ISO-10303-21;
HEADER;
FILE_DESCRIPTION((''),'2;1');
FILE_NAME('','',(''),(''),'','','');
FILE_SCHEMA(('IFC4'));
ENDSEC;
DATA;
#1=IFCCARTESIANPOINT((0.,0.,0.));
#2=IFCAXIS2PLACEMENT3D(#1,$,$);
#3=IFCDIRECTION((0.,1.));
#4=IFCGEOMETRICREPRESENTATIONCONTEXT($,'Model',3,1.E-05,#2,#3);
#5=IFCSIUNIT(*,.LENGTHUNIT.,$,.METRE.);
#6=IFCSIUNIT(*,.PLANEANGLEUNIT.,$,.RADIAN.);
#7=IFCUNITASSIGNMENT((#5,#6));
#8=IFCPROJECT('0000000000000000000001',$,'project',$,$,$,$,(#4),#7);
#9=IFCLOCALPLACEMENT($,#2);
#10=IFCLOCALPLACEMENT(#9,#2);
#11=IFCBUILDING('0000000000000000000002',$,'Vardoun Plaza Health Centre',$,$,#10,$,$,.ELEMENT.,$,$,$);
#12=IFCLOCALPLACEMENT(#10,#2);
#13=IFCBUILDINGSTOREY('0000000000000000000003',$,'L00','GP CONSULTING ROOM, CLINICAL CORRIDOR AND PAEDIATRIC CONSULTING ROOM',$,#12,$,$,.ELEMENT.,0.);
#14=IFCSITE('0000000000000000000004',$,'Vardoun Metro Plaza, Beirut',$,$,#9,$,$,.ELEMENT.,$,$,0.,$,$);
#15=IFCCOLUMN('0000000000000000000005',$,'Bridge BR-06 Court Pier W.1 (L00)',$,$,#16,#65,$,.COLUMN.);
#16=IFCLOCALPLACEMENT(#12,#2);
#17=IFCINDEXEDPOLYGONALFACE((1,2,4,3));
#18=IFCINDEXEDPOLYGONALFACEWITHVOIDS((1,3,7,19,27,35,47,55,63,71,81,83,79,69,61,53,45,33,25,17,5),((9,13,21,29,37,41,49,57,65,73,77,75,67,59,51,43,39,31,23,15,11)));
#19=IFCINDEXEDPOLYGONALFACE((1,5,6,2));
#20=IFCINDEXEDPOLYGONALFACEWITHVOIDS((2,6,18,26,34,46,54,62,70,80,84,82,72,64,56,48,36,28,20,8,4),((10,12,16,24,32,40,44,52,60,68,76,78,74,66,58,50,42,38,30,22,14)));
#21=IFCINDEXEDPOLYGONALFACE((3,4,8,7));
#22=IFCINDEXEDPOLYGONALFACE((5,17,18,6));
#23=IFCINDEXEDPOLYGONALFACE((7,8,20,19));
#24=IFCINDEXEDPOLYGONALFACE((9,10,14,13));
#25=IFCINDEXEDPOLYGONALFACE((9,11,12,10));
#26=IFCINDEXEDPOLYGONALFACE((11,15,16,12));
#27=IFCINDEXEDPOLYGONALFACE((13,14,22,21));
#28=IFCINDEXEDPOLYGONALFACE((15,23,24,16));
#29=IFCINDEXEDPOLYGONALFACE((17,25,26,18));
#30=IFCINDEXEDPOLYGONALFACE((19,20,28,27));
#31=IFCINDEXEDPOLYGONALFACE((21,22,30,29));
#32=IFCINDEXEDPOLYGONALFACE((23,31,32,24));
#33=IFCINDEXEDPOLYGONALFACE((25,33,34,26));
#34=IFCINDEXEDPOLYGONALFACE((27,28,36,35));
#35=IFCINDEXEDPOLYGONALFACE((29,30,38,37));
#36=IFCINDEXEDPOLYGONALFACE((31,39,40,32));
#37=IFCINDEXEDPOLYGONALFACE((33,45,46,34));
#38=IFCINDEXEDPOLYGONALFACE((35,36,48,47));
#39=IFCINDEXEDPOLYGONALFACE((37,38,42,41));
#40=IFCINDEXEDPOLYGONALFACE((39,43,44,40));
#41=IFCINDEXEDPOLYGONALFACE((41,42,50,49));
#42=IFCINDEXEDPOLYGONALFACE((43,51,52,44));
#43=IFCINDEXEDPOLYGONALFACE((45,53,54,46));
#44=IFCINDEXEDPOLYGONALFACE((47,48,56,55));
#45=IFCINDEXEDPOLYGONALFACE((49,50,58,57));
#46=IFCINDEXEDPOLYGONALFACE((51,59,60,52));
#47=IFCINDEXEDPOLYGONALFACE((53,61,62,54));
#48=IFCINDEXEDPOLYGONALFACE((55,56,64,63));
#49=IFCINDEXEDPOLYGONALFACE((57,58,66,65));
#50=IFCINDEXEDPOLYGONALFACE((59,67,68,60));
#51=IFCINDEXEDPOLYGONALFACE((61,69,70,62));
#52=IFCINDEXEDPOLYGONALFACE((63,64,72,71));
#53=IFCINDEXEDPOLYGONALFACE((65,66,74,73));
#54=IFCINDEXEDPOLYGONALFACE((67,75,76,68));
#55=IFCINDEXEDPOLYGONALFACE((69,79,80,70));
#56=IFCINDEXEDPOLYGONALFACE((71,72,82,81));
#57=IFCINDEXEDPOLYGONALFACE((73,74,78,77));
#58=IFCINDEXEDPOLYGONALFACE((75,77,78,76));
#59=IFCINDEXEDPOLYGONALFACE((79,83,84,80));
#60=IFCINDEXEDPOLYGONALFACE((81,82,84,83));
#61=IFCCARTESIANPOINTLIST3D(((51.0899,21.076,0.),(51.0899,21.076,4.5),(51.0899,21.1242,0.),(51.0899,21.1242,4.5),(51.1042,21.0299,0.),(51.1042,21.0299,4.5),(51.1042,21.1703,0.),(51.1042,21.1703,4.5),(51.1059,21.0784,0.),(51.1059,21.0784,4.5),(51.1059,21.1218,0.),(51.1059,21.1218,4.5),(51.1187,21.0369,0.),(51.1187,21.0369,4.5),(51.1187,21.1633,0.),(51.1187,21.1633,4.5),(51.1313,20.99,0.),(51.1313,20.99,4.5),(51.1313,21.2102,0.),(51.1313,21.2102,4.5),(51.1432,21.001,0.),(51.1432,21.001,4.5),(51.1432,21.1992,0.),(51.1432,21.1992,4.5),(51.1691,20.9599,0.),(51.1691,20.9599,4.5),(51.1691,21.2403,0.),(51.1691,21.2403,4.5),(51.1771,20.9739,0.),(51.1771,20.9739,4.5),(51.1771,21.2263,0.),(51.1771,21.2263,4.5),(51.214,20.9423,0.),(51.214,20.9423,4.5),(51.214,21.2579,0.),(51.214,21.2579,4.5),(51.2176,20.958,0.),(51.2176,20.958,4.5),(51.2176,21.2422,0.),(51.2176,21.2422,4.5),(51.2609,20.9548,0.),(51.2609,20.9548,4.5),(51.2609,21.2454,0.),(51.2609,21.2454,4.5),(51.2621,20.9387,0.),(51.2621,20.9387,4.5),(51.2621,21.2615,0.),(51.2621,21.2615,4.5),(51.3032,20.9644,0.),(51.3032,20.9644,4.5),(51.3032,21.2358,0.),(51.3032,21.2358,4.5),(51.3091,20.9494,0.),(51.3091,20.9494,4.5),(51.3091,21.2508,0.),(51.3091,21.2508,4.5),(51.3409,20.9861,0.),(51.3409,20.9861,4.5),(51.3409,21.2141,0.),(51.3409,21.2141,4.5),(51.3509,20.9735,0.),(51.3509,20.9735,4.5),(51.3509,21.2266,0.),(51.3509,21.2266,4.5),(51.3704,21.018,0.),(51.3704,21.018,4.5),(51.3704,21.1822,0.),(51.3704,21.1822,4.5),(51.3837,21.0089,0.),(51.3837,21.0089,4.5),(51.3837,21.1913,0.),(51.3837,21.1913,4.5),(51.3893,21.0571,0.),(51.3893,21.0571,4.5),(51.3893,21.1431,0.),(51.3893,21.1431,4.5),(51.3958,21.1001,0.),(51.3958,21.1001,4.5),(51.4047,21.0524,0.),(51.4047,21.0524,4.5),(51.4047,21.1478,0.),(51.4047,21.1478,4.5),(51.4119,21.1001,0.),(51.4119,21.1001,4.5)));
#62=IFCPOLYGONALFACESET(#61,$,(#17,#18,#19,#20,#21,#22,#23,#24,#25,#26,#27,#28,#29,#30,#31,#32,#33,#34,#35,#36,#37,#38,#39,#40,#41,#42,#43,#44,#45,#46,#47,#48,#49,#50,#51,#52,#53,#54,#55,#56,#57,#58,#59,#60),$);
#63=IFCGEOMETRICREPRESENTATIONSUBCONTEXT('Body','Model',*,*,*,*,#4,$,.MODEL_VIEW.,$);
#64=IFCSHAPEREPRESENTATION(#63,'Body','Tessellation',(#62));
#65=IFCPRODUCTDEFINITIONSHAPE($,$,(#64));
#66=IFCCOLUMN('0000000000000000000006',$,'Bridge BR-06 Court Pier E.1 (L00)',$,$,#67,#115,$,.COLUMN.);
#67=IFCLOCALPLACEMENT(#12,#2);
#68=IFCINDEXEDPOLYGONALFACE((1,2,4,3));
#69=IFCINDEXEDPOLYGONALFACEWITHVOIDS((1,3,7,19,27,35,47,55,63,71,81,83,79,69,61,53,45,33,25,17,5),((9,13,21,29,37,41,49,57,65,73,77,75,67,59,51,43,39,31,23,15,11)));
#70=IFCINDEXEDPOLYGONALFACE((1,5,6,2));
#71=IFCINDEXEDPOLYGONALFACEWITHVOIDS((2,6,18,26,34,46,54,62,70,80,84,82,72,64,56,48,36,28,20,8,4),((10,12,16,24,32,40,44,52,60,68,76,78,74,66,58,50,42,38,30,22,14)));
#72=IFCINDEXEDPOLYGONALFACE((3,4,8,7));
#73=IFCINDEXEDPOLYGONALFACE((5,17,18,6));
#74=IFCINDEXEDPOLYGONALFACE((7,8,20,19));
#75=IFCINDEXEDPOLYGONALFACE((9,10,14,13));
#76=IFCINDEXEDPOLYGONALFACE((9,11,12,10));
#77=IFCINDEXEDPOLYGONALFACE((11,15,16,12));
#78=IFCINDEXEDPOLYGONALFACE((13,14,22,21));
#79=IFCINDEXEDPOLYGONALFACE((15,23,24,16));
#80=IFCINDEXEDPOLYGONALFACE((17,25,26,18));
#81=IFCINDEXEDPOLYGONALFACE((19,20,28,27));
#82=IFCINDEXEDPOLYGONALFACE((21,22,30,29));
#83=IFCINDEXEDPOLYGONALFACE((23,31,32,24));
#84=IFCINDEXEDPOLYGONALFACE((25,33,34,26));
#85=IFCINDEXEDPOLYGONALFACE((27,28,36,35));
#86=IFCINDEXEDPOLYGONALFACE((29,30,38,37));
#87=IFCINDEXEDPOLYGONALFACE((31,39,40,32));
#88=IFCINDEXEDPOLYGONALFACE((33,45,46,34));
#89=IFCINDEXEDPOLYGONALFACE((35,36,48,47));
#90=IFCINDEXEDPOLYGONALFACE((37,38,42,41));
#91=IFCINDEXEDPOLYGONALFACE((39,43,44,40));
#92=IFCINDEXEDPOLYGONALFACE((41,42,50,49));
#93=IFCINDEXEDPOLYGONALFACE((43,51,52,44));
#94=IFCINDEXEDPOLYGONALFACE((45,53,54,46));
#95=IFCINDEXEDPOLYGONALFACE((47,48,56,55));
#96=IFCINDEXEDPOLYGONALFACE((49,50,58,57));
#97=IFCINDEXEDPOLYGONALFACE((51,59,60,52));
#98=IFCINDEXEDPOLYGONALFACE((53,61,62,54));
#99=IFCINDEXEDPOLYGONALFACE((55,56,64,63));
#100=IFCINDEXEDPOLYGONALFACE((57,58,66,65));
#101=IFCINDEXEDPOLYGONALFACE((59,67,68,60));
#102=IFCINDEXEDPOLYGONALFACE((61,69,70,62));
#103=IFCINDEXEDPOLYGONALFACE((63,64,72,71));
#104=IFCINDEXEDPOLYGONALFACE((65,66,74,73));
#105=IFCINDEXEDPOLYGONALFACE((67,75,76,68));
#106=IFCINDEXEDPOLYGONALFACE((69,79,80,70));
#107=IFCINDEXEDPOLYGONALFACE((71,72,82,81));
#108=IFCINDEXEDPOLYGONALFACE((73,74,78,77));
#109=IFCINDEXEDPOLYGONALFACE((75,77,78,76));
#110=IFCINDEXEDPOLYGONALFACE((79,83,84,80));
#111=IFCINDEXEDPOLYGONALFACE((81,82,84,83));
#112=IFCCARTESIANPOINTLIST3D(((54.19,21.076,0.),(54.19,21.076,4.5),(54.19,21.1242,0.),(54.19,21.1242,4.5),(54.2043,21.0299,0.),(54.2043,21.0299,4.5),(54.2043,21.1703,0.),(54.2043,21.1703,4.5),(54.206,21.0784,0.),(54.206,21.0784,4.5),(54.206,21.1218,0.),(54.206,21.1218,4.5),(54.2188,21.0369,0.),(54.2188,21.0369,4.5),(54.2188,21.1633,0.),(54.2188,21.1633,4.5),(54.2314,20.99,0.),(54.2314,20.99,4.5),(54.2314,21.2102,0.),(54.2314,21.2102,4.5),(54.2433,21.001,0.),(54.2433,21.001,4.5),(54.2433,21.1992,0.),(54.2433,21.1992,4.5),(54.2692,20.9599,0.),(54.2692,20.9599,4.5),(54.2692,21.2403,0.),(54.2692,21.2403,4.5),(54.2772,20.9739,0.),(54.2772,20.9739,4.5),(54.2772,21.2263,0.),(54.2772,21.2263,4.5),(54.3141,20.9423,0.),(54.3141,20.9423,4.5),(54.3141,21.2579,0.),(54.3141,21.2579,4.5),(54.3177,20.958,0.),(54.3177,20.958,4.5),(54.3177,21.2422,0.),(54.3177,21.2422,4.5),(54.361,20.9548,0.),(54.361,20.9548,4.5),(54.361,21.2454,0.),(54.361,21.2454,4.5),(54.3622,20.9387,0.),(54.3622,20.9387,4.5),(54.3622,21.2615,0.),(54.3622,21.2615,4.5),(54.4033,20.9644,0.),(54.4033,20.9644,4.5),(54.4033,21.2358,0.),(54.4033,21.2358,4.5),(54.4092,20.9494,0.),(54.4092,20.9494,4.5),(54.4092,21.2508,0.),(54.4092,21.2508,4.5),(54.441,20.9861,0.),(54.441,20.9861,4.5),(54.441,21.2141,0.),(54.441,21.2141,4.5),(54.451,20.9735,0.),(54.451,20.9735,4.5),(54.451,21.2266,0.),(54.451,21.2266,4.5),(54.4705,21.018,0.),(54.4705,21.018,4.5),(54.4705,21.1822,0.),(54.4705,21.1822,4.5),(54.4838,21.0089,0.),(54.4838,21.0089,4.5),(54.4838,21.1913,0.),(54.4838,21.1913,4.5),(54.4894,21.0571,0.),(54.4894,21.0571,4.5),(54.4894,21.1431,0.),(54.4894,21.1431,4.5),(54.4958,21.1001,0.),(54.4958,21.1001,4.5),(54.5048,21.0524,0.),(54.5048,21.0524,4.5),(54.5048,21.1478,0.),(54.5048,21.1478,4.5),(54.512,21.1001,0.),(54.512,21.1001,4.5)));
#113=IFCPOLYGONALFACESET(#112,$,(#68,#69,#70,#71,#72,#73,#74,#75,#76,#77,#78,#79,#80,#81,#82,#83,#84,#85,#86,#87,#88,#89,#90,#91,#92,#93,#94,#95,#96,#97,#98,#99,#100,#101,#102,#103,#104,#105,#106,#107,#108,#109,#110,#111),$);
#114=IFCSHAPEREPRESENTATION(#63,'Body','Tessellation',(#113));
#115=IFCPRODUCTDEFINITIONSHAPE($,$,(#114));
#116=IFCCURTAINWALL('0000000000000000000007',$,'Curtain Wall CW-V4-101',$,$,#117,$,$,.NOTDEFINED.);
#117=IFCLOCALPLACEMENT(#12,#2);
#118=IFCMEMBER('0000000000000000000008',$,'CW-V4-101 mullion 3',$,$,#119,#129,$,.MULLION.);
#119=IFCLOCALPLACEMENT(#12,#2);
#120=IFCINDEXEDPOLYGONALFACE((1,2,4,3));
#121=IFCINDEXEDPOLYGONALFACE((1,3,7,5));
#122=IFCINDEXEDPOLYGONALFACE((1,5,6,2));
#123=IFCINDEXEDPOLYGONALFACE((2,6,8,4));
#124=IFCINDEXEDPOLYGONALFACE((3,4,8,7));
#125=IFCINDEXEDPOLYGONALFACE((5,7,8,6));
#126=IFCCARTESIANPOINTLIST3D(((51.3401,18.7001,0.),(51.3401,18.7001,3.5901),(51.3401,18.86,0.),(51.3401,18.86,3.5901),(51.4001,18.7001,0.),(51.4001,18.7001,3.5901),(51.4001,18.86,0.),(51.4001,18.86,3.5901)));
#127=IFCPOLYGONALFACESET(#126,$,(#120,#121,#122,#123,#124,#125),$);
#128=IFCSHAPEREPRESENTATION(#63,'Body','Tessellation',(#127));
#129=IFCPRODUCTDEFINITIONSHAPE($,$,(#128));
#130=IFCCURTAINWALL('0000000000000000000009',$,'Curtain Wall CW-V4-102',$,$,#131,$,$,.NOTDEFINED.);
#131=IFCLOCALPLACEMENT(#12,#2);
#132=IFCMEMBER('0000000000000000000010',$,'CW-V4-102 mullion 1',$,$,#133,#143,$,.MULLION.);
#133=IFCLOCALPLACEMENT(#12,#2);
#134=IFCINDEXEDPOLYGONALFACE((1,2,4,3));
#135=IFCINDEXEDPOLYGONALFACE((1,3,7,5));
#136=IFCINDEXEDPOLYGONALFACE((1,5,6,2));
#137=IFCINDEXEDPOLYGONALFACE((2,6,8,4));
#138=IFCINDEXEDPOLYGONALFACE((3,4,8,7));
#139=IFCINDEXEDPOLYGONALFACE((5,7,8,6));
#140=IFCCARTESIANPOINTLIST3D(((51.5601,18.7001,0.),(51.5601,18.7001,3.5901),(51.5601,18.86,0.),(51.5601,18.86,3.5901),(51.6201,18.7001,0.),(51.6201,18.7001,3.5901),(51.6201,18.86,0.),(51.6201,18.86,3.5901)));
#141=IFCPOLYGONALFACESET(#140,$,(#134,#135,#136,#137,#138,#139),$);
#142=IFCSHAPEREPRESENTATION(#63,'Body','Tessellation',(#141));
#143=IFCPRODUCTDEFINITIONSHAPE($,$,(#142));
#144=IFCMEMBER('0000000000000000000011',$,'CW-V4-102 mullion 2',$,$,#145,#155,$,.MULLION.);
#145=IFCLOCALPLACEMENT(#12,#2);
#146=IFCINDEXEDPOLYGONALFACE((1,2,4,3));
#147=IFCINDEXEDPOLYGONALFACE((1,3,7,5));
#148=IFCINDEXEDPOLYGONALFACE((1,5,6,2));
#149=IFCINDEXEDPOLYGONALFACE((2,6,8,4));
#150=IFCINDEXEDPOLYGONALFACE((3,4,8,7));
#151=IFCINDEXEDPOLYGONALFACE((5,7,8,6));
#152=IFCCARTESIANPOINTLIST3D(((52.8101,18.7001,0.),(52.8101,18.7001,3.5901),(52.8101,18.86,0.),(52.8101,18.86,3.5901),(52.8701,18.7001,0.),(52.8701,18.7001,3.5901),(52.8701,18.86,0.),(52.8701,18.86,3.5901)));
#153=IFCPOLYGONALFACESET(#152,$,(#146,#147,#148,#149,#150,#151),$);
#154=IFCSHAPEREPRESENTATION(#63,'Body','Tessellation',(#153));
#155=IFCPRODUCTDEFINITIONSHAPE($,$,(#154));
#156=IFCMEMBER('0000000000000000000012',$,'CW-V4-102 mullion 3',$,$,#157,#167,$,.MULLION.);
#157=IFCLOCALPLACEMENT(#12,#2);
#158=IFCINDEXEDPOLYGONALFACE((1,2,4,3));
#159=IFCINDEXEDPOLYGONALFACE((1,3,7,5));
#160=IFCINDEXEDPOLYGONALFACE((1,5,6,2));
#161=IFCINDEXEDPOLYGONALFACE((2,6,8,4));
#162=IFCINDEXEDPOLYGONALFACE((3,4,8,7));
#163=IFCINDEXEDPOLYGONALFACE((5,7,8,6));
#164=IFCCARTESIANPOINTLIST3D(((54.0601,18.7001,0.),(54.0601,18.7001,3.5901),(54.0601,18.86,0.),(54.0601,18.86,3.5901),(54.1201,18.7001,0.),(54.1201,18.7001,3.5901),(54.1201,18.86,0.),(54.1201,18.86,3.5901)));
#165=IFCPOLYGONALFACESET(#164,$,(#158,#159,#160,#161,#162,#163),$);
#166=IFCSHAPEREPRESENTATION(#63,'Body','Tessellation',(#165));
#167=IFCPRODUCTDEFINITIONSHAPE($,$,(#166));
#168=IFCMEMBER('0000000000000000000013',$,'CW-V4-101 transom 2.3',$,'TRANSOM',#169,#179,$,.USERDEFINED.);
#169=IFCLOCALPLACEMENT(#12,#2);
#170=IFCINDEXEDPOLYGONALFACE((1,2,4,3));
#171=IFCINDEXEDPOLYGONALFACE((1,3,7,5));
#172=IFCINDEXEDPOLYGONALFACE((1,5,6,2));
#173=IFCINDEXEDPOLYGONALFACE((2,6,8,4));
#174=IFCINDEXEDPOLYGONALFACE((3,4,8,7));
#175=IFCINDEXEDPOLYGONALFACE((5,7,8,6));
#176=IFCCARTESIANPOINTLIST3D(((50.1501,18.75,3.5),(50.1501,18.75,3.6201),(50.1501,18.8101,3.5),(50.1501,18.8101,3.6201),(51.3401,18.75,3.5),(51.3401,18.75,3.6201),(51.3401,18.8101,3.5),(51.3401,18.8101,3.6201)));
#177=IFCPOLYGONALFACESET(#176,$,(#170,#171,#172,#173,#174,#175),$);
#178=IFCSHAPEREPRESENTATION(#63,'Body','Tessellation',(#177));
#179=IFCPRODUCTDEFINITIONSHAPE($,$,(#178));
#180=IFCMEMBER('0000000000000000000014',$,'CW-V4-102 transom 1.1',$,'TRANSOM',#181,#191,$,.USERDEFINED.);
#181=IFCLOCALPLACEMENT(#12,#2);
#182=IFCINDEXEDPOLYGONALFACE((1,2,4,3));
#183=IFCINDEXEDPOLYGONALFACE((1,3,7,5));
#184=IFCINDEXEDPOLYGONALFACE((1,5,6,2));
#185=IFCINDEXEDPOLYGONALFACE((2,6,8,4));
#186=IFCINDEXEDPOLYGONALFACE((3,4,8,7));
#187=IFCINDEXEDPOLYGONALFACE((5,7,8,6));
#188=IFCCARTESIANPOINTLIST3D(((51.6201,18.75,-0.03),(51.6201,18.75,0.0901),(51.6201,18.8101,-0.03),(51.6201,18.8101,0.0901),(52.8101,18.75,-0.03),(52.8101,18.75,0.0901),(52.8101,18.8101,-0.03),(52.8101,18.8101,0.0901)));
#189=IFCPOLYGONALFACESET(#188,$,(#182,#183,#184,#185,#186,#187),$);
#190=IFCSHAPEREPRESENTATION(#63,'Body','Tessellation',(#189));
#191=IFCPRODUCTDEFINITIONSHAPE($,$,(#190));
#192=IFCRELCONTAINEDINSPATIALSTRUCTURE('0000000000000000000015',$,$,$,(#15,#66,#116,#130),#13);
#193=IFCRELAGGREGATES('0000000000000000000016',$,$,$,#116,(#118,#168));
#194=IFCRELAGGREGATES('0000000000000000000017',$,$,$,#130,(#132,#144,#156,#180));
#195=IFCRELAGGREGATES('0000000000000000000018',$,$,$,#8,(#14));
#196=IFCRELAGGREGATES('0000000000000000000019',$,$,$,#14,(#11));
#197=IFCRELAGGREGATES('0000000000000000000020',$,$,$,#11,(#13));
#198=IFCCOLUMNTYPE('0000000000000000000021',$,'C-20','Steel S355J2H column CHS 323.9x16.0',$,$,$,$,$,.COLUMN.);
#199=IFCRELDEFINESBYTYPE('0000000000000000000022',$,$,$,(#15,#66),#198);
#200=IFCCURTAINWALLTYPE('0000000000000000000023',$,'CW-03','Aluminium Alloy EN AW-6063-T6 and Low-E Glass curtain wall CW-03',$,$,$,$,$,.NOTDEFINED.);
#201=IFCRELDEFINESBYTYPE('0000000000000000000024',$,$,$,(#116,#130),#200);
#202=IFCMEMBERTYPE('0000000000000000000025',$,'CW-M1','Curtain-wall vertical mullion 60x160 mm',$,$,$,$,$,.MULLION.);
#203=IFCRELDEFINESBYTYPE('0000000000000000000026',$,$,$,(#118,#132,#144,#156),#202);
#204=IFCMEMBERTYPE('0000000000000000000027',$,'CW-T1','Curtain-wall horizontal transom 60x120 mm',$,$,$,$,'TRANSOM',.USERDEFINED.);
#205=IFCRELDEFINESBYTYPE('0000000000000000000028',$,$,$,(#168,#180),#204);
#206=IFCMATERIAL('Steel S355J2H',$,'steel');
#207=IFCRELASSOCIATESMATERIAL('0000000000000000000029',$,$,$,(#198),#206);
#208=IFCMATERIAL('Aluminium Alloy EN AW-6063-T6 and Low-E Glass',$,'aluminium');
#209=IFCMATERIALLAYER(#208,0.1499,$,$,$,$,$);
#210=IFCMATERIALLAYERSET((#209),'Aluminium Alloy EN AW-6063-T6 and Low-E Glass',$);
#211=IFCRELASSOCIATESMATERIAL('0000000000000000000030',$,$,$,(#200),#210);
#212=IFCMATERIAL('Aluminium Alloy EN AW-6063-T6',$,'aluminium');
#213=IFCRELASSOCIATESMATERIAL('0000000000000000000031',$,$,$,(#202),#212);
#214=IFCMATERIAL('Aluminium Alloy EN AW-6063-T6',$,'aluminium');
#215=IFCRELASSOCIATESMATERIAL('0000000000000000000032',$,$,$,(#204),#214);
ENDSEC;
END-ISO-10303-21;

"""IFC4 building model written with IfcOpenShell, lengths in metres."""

from ifc_helpers import new_model, si_unit, direction, frame, origin, origin_2d, place, context, subcontext, project, spatial, rectangle, hollow_circle, extrude, material, layer, layer_set, material_profile, profile_set, type_object, element, aggregate, save


model = new_model("IFC4")

# Units and contexts
model_context = context("Model", 3, precision=1e-05, world=origin(), true_north=direction((0.0, 1.0)))
body_context = subcontext(model_context, "Body", "Model", "MODEL_VIEW")
ifc_project = project(units=[si_unit("LENGTHUNIT", "METRE"), si_unit("PLANEANGLEUNIT", "RADIAN")], contexts=[model_context])

# Site, building, storey
site_placement = place(None, origin())
site = spatial("IfcSite", under=ifc_project, at=site_placement, Name="Vardoun Metro Plaza, Beirut", CompositionType="ELEMENT", RefElevation=0.0)
building_placement = place(site_placement, origin())
building = spatial("IfcBuilding", under=site, at=building_placement, Name="Vardoun Plaza Health Centre", CompositionType="ELEMENT")
storey_placement = place(building_placement, origin())
storey = spatial("IfcBuildingStorey", under=building, at=storey_placement, Name="L00", Description="GP CONSULTING ROOM, CLINICAL CORRIDOR AND PAEDIATRIC CONSULTING ROOM", CompositionType="ELEMENT", Elevation=0.0)

# Columns
ifc_material_1 = material(Name="Steel S355J2H", Category="steel")
ifc_material_profile_1 = material_profile(ifc_material_1, hollow_circle(Radius=0.1619, WallThickness=0.0161, at=origin_2d()), Name="CHS 323.9x16.0")
ifc_profile_set_1 = profile_set([ifc_material_profile_1], Name="Steel S355J2H")
column_type = type_object("IfcColumnType", Name="C-20", Description="Steel S355J2H column CHS 323.9x16.0", PredefinedType="COLUMN", material=ifc_profile_set_1)
for number, where, z_axis, x_axis, name in (
    (1, (51.25, 21.1001, 0.0), (0.0, 0.0, 1.0), (1.0, 0.0, 0.0), "Bridge BR-06 Court Pier W.1 (L00)"),
    (2, (54.3501, 21.1001, 0.0), (0.0, 0.0, 1.0), (1.0, 0.0, 0.0), "Bridge BR-06 Court Pier E.1 (L00)"),
):
    element("IfcColumn", number, at=place(storey_placement, frame(where, z_axis=z_axis, x_axis=x_axis)), inside=storey, type_object=column_type, Name=name, PredefinedType="COLUMN", context=body_context, shape_type="SweptSolid", body=[
        extrude(hollow_circle(Radius=0.1619, WallThickness=0.0161, at=origin_2d()), origin(), (0.0, 0.0, 1.0), 4.5),
    ])

# Curtain wall, member
ifc_material_2 = material(Name="Aluminium Alloy EN AW-6063-T6 and Low-E Glass", Category="aluminium")
ifc_layer_1 = layer(ifc_material_2, 0.1499)
ifc_layer_set_1 = layer_set([ifc_layer_1], Name="Aluminium Alloy EN AW-6063-T6 and Low-E Glass")
curtain_wall_type = type_object("IfcCurtainWallType", Name="CW-03", Description="Aluminium Alloy EN AW-6063-T6 and Low-E Glass curtain wall CW-03", PredefinedType="NOTDEFINED", material=ifc_layer_set_1)
curtain_wall_1_placement = place(storey_placement, origin())
curtain_wall_1 = element("IfcCurtainWall", 3, at=curtain_wall_1_placement, inside=storey, type_object=curtain_wall_type, Name="Curtain Wall CW-V4-101", PredefinedType="NOTDEFINED")
ifc_material_3 = material(Name="Aluminium Alloy EN AW-6063-T6", Category="aluminium")
ifc_material_profile_2 = material_profile(ifc_material_3, rectangle(XDim=0.1599, YDim=0.0601, at=origin_2d()), Name="CWM 60x160")
ifc_profile_set_2 = profile_set([ifc_material_profile_2], Name="Aluminium Alloy EN AW-6063-T6")
member_type_1 = type_object("IfcMemberType", Name="CW-M1", Description="Curtain-wall vertical mullion 60x160 mm", PredefinedType="MULLION", material=ifc_profile_set_2)
member_1_placement = place(storey_placement, frame((51.3701, 18.78, 0.0), z_axis=(0.0, 0.0, 1.0), x_axis=(0.0, 1.0, 0.0)))
member_1 = element("IfcMember", 4, at=member_1_placement, type_object=member_type_1, Name="CW-V4-101 mullion 3", PredefinedType="MULLION", context=body_context, shape_type="SweptSolid", body=[
    extrude(rectangle(XDim=0.1599, YDim=0.0601, at=origin_2d()), origin(), (0.0, 0.0, 1.0), 3.5901),
])

# Curtain wall, members
curtain_wall_2_placement = place(storey_placement, origin())
curtain_wall_2 = element("IfcCurtainWall", 5, at=curtain_wall_2_placement, inside=storey, type_object=curtain_wall_type, Name="Curtain Wall CW-V4-102", PredefinedType="NOTDEFINED")
member_2_placement = place(storey_placement, frame((51.5901, 18.78, 0.0), z_axis=(0.0, 0.0, 1.0), x_axis=(0.0, 1.0, 0.0)))
member_2 = element("IfcMember", 6, at=member_2_placement, type_object=member_type_1, Name="CW-V4-102 mullion 1", PredefinedType="MULLION", context=body_context, shape_type="SweptSolid", body=[
    extrude(rectangle(XDim=0.1599, YDim=0.0601, at=origin_2d()), origin(), (0.0, 0.0, 1.0), 3.5901),
])
member_3_placement = place(storey_placement, frame((52.8401, 18.78, 0.0), z_axis=(0.0, 0.0, 1.0), x_axis=(0.0, 1.0, 0.0)))
member_3 = element("IfcMember", 7, at=member_3_placement, type_object=member_type_1, Name="CW-V4-102 mullion 2", PredefinedType="MULLION", context=body_context, shape_type="SweptSolid", body=[
    extrude(rectangle(XDim=0.1599, YDim=0.0601, at=origin_2d()), origin(), (0.0, 0.0, 1.0), 3.5901),
])
member_4_placement = place(storey_placement, frame((54.0901, 18.78, 0.0), z_axis=(0.0, 0.0, 1.0), x_axis=(0.0, 1.0, 0.0)))
member_4 = element("IfcMember", 8, at=member_4_placement, type_object=member_type_1, Name="CW-V4-102 mullion 3", PredefinedType="MULLION", context=body_context, shape_type="SweptSolid", body=[
    extrude(rectangle(XDim=0.1599, YDim=0.0601, at=origin_2d()), origin(), (0.0, 0.0, 1.0), 3.5901),
])

# Members
ifc_material_4 = material(Name="Aluminium Alloy EN AW-6063-T6", Category="aluminium")
ifc_material_profile_3 = material_profile(ifc_material_4, rectangle(XDim=0.0601, YDim=0.1201, at=origin_2d()), Name="CWT 60x120")
ifc_profile_set_3 = profile_set([ifc_material_profile_3], Name="Aluminium Alloy EN AW-6063-T6")
member_type_2 = type_object("IfcMemberType", Name="CW-T1", Description="Curtain-wall horizontal transom 60x120 mm", ElementType="TRANSOM", PredefinedType="USERDEFINED", material=ifc_profile_set_3)
member_5_placement = place(storey_placement, frame((50.1501, 18.78, 3.5601), z_axis=(1.0, 0.0, 0.0), x_axis=(0.0, 1.0, 0.0)))
member_5 = element("IfcMember", 9, at=member_5_placement, type_object=member_type_2, Name="CW-V4-101 transom 2.3", ObjectType="TRANSOM", PredefinedType="USERDEFINED", context=body_context, shape_type="SweptSolid", body=[
    extrude(rectangle(XDim=0.0601, YDim=0.1201, at=origin_2d()), origin(), (0.0, 0.0, 1.0), 1.1899),
])
member_6_placement = place(storey_placement, frame((51.6201, 18.78, 0.03), z_axis=(1.0, 0.0, 0.0), x_axis=(0.0, 1.0, 0.0)))
member_6 = element("IfcMember", 10, at=member_6_placement, type_object=member_type_2, Name="CW-V4-102 transom 1.1", ObjectType="TRANSOM", PredefinedType="USERDEFINED", context=body_context, shape_type="SweptSolid", body=[
    extrude(rectangle(XDim=0.0601, YDim=0.1201, at=origin_2d()), origin(), (0.0, 0.0, 1.0), 1.1899),
])

aggregate(curtain_wall_1, [member_1, member_5])
aggregate(curtain_wall_2, [member_2, member_3, member_4, member_6])

save(model, "model.ifc")
